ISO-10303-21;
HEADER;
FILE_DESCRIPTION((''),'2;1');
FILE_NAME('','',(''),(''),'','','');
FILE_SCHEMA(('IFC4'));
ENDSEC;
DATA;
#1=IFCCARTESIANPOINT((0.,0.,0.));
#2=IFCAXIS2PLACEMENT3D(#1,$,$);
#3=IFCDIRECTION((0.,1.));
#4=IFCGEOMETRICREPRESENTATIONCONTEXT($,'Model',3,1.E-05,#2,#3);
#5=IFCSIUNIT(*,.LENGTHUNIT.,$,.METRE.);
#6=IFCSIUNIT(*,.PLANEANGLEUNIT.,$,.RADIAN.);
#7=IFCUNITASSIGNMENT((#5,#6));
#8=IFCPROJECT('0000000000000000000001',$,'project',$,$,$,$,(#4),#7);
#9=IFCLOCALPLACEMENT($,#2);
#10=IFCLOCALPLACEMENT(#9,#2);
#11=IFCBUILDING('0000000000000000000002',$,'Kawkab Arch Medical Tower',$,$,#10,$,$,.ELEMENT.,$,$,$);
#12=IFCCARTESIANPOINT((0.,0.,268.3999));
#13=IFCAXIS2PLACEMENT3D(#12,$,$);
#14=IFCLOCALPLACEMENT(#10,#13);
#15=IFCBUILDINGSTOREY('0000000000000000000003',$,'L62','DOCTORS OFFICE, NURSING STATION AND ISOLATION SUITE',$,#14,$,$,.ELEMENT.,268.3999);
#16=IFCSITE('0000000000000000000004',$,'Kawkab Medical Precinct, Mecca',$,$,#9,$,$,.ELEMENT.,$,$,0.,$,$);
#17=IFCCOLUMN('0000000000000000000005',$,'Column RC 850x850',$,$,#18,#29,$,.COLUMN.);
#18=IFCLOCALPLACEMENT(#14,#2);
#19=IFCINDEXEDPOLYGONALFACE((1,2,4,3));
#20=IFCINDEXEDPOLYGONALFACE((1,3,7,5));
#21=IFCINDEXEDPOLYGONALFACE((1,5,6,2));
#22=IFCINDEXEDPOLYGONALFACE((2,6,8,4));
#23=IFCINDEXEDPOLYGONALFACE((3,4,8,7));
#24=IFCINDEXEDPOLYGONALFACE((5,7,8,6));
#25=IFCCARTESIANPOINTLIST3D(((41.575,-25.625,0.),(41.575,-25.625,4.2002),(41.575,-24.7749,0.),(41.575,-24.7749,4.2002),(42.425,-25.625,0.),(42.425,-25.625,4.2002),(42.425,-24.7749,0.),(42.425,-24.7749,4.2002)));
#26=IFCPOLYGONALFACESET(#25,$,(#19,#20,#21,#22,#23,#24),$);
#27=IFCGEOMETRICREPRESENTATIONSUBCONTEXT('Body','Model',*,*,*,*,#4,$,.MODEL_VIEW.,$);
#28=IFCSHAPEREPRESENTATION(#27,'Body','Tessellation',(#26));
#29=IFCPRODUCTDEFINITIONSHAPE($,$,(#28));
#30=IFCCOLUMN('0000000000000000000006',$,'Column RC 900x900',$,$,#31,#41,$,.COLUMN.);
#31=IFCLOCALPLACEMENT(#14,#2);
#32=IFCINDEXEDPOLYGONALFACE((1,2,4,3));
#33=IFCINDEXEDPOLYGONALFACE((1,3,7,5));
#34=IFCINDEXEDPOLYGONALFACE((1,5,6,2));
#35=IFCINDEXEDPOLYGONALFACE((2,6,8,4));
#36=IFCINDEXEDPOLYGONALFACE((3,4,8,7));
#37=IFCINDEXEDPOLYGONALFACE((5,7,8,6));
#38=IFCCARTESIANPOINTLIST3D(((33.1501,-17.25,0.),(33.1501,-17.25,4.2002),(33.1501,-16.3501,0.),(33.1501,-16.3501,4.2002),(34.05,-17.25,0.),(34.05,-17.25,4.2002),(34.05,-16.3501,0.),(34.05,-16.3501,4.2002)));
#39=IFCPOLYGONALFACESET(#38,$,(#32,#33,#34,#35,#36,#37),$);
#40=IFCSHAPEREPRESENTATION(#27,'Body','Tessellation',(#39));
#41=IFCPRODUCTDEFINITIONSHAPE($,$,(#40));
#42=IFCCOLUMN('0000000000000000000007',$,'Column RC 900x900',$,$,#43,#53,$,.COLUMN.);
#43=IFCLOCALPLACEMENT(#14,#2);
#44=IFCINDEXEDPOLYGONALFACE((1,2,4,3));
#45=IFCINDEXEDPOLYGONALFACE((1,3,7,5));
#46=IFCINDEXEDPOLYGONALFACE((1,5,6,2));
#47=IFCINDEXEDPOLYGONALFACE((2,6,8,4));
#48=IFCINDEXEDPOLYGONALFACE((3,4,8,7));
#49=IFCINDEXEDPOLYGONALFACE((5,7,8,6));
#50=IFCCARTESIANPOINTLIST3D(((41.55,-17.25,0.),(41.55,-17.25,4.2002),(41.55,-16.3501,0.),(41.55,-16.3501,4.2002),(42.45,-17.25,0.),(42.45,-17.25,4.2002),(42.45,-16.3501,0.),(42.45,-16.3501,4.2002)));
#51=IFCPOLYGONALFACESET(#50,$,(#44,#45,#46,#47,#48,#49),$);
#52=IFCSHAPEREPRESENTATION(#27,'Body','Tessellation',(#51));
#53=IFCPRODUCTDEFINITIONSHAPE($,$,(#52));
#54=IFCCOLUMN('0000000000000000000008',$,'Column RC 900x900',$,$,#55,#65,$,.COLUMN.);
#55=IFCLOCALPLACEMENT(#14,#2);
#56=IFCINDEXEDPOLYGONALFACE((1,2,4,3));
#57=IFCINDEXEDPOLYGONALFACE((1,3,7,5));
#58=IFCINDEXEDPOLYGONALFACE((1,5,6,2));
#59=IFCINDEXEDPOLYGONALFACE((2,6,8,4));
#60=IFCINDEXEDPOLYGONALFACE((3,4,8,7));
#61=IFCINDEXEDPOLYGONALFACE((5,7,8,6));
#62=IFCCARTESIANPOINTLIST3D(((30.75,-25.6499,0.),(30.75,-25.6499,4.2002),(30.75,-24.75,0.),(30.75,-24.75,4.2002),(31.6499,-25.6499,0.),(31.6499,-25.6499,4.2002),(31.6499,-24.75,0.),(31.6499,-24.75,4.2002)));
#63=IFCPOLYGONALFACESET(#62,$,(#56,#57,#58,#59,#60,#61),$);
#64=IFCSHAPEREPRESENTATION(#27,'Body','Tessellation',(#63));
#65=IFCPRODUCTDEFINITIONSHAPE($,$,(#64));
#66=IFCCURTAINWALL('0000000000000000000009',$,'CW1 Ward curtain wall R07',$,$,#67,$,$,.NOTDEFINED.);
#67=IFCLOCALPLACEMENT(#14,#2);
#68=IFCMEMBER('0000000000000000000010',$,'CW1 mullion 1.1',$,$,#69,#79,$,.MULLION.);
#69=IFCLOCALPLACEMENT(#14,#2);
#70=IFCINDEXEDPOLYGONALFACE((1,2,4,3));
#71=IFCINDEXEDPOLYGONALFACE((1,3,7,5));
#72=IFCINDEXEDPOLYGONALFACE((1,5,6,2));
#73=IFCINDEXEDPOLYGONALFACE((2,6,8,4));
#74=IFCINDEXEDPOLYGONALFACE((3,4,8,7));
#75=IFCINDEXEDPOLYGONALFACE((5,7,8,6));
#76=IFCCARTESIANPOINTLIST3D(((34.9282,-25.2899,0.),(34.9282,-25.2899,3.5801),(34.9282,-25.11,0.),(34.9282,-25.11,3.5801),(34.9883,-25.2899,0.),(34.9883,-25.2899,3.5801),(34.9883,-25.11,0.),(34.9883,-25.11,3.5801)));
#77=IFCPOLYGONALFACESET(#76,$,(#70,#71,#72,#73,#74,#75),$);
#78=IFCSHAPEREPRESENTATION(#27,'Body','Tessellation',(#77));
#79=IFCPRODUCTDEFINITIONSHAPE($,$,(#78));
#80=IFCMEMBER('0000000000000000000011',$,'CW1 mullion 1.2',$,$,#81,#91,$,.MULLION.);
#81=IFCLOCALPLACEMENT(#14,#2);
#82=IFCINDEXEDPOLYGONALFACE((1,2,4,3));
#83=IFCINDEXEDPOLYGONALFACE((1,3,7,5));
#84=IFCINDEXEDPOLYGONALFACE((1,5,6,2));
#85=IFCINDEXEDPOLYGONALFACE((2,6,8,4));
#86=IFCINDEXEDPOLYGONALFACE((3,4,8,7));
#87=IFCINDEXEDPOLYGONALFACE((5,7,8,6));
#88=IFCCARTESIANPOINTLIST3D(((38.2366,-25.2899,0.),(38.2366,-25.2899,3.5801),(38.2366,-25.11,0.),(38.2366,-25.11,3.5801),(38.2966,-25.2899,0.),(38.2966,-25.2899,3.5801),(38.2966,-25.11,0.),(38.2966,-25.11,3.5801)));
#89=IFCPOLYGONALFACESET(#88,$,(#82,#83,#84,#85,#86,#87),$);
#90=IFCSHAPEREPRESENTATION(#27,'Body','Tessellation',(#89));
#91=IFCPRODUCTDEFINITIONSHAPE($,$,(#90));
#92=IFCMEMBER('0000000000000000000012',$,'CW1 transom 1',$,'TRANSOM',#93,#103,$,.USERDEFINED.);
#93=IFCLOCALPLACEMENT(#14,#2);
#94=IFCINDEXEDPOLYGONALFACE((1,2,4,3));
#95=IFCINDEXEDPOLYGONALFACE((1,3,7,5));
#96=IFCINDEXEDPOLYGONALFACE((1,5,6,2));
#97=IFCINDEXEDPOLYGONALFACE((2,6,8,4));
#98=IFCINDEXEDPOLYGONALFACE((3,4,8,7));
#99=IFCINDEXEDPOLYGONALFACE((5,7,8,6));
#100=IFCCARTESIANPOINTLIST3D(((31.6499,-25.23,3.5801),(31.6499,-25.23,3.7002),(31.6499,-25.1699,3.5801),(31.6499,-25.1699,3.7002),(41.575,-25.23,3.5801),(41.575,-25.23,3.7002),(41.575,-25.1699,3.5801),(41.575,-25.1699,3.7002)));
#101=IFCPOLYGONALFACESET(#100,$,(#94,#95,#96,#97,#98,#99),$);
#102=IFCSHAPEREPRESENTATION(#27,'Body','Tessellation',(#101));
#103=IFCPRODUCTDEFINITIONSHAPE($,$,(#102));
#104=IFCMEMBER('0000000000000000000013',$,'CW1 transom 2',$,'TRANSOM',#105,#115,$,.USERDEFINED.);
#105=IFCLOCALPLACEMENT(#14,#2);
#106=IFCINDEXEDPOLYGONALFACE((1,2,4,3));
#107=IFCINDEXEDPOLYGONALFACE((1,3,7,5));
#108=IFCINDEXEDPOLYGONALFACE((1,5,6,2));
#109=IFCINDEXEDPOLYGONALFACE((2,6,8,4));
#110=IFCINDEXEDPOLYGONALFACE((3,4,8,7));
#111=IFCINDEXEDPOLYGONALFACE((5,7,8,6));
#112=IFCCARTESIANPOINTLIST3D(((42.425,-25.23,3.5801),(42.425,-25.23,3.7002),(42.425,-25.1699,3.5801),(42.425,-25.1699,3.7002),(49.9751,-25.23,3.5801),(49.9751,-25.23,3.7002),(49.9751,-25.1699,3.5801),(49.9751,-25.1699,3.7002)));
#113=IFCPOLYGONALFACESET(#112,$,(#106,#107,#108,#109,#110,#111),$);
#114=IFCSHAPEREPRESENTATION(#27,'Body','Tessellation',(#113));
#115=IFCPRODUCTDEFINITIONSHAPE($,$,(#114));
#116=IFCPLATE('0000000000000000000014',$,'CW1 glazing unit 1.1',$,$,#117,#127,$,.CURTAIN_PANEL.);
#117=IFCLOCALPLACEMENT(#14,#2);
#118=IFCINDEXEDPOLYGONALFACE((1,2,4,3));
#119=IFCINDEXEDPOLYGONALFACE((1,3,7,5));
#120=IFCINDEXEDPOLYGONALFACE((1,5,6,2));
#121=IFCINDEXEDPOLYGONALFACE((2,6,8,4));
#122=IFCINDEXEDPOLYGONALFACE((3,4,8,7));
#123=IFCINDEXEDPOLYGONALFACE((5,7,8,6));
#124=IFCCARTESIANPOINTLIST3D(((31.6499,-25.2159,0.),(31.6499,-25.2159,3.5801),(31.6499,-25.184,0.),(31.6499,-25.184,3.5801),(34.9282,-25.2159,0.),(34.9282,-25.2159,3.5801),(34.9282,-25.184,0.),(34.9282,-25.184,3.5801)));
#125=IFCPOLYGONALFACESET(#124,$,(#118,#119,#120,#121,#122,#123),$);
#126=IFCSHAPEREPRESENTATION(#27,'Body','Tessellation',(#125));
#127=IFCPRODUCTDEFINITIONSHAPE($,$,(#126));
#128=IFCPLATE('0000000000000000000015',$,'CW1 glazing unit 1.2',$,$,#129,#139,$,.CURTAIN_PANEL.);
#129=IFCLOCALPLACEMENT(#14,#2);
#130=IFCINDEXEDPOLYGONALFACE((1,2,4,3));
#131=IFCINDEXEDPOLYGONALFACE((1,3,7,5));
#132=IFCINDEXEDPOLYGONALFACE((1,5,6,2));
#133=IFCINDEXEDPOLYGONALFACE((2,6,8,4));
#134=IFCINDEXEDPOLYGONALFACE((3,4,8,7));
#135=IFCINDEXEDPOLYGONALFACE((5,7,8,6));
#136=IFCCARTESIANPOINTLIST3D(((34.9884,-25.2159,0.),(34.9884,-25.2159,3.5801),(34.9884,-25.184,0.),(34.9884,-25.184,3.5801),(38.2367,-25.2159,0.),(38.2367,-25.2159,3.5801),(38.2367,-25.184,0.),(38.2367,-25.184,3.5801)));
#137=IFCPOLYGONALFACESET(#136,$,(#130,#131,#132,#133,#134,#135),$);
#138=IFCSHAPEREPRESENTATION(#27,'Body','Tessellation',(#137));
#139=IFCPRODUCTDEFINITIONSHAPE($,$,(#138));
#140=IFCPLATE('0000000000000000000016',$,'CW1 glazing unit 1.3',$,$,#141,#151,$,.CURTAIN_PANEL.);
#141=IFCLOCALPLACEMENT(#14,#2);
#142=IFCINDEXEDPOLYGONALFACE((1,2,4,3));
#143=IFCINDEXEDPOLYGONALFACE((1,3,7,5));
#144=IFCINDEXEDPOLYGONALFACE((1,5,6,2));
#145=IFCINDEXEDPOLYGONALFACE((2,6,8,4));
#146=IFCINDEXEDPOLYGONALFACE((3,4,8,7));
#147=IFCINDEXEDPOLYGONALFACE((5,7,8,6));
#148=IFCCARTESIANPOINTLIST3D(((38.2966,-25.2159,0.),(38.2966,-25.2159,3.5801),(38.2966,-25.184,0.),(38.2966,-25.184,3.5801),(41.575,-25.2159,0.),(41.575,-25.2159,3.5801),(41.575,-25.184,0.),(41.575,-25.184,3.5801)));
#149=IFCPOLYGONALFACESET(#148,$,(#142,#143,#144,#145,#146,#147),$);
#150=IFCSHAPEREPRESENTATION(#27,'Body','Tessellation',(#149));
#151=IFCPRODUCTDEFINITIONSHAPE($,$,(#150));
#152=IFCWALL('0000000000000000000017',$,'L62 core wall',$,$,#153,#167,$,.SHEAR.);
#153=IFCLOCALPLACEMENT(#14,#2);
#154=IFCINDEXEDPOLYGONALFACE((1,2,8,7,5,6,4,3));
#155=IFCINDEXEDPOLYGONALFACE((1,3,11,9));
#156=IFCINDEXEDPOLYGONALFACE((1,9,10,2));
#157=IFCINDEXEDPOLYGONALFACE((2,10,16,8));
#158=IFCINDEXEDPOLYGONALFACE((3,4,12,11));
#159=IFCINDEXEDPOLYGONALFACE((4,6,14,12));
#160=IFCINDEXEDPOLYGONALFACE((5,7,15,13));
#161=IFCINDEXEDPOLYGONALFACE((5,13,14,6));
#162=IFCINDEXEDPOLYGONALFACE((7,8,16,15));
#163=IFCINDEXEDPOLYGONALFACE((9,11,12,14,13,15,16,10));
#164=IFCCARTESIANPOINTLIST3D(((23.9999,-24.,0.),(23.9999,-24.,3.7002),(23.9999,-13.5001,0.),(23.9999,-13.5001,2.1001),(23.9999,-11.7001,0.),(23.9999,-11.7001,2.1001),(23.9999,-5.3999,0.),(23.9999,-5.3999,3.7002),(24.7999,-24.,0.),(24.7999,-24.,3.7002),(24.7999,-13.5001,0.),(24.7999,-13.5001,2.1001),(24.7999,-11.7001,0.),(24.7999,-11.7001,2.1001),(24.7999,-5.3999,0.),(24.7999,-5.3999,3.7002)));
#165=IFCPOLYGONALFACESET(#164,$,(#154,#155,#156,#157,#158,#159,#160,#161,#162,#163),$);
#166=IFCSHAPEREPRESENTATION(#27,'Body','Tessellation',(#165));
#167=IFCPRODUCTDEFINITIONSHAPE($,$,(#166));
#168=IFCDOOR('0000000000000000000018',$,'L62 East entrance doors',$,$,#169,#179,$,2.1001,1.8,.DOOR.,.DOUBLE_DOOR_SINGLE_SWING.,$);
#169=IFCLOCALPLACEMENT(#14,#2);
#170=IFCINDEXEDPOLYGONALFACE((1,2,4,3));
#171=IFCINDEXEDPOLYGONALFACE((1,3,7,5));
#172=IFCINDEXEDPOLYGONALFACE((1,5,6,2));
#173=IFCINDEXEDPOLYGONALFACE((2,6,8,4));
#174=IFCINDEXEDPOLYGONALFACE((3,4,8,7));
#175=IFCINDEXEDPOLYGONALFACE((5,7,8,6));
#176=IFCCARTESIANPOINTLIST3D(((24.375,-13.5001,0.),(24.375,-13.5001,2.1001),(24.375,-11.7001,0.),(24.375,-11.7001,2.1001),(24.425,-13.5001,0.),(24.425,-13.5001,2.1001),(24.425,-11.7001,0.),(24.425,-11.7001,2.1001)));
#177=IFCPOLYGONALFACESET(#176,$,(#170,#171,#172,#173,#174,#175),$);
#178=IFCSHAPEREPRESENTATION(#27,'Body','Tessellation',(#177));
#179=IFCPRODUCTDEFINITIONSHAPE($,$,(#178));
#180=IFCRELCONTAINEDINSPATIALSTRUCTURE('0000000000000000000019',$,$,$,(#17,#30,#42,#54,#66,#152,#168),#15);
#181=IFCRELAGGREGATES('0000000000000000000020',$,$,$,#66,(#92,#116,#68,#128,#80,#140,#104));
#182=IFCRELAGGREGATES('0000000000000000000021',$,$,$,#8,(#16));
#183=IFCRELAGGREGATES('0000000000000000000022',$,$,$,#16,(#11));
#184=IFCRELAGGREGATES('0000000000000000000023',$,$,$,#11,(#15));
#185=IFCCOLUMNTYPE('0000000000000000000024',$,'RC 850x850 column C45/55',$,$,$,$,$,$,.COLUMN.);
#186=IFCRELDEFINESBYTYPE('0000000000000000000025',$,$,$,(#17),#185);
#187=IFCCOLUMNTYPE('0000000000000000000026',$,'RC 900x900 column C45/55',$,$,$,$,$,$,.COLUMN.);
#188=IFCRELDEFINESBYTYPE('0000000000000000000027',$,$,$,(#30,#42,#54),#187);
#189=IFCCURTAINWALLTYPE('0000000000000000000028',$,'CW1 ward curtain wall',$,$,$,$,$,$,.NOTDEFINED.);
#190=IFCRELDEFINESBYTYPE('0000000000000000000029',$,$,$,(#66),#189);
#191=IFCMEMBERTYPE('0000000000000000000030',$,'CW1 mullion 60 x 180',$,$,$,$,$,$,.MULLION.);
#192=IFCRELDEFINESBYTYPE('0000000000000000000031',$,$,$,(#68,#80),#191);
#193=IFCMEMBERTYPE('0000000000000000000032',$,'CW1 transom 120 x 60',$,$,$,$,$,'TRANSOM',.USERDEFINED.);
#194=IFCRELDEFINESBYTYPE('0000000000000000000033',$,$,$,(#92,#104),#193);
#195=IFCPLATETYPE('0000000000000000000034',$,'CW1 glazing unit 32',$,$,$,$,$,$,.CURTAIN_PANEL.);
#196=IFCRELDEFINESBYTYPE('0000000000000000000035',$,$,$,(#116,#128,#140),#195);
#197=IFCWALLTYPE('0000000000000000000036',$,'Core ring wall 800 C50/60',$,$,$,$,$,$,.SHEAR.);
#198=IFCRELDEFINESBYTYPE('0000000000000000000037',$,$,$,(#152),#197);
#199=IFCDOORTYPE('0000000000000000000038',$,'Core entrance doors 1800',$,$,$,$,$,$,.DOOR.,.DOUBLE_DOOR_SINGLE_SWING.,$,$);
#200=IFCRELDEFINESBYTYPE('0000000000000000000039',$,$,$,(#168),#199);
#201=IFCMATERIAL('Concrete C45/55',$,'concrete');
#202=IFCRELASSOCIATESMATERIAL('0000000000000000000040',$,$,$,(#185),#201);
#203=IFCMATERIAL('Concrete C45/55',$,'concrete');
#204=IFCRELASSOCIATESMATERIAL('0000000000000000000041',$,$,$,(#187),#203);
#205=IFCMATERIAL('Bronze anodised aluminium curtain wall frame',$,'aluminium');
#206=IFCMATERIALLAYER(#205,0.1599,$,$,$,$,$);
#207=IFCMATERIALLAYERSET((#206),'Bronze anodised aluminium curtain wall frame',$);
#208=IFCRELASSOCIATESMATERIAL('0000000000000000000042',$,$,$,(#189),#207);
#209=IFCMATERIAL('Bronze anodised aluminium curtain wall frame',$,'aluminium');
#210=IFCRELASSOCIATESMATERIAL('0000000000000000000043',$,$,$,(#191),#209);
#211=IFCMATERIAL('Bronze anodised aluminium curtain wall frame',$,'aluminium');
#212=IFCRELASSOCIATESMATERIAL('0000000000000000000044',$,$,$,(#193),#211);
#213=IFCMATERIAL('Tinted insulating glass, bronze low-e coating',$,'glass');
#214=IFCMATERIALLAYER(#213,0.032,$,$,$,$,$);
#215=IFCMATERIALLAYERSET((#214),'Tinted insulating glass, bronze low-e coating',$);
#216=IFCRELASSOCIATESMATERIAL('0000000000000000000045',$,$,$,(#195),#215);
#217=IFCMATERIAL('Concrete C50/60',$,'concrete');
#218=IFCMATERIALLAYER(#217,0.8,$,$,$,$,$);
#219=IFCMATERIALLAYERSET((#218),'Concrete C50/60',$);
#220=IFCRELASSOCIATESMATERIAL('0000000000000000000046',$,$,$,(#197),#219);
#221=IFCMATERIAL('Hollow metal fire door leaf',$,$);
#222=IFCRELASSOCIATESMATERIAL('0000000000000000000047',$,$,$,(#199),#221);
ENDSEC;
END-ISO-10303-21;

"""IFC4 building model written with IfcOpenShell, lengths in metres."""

from ifc_helpers import new_model, si_unit, direction, frame, frame_2d, origin, origin_2d, place, context, subcontext, project, spatial, rectangle, extrude, material, layer, layer_set, material_profile, profile_set, type_object, element, fill, aggregate, save


model = new_model("IFC4")

# Units and contexts
model_context = context("Model", 3, precision=1e-05, world=origin(), true_north=direction((0.0, 1.0)))
body_context = subcontext(model_context, "Body", "Model", "MODEL_VIEW")
ifc_project = project(units=[si_unit("LENGTHUNIT", "METRE"), si_unit("PLANEANGLEUNIT", "RADIAN")], contexts=[model_context])

# Site, building, storey
site_placement = place(None, origin())
site = spatial("IfcSite", under=ifc_project, at=site_placement, Name="Kawkab Medical Precinct, Mecca", CompositionType="ELEMENT", RefElevation=0.0)
building_placement = place(site_placement, origin())
building = spatial("IfcBuilding", under=site, at=building_placement, Name="Kawkab Arch Medical Tower", CompositionType="ELEMENT")
storey_placement = place(building_placement, frame((0.0, 0.0, 268.3999)))
storey = spatial("IfcBuildingStorey", under=building, at=storey_placement, Name="L62", Description="DOCTORS OFFICE, NURSING STATION AND ISOLATION SUITE", CompositionType="ELEMENT", Elevation=268.3999)

# Columns
ifc_material_1 = material(Name="Concrete C45/55", Category="concrete")
ifc_material_profile_1 = material_profile(ifc_material_1, rectangle(XDim=0.8501, YDim=0.8501, at=origin_2d()), Name="RC 850x850")
ifc_profile_set_1 = profile_set([ifc_material_profile_1], Name="Concrete C45/55")
column_type_1 = type_object("IfcColumnType", Name="RC 850x850 column C45/55", PredefinedType="COLUMN", material=ifc_profile_set_1)
column_placement = place(storey_placement, frame((42.0, -25.2, 0.0), z_axis=(0.0, 0.0, 1.0), x_axis=(1.0, 0.0, 0.0)))
element("IfcColumn", 1, at=column_placement, inside=storey, type_object=column_type_1, Name="Column RC 850x850", PredefinedType="COLUMN", context=body_context, shape_type="SweptSolid", body=[
    extrude(rectangle(XDim=0.8501, YDim=0.8501, at=origin_2d()), origin(), (0.0, 0.0, 1.0), 4.2002),
])
ifc_material_2 = material(Name="Concrete C45/55", Category="concrete")
ifc_material_profile_2 = material_profile(ifc_material_2, rectangle(XDim=0.8999, YDim=0.8999, at=origin_2d()), Name="RC 900x900")
ifc_profile_set_2 = profile_set([ifc_material_profile_2], Name="Concrete C45/55")
column_type_2 = type_object("IfcColumnType", Name="RC 900x900 column C45/55", PredefinedType="COLUMN", material=ifc_profile_set_2)
for number, where, z_axis, x_axis, name in (
    (2, (33.6001, -16.8, 0.0), (0.0, 0.0, 1.0), (1.0, 0.0, 0.0), "Column RC 900x900"),
    (3, (42.0, -16.8, 0.0), (0.0, 0.0, 1.0), (1.0, 0.0, 0.0), "Column RC 900x900"),
    (4, (31.2, -25.2, 0.0), (0.0, 0.0, 1.0), (1.0, 0.0, 0.0), "Column RC 900x900"),
):
    element("IfcColumn", number, at=place(storey_placement, frame(where, z_axis=z_axis, x_axis=x_axis)), inside=storey, type_object=column_type_2, Name=name, PredefinedType="COLUMN", context=body_context, shape_type="SweptSolid", body=[
        extrude(rectangle(XDim=0.8999, YDim=0.8999, at=origin_2d()), origin(), (0.0, 0.0, 1.0), 4.2002),
    ])

# Curtain wall, members, plates
ifc_material_3 = material(Name="Bronze anodised aluminium curtain wall frame", Category="aluminium")
ifc_layer_1 = layer(ifc_material_3, 0.1599)
ifc_layer_set_1 = layer_set([ifc_layer_1], Name="Bronze anodised aluminium curtain wall frame")
curtain_wall_type = type_object("IfcCurtainWallType", Name="CW1 ward curtain wall", PredefinedType="NOTDEFINED", material=ifc_layer_set_1)
curtain_wall_placement = place(storey_placement, origin())
curtain_wall = element("IfcCurtainWall", 5, at=curtain_wall_placement, inside=storey, type_object=curtain_wall_type, Name="CW1 Ward curtain wall R07", PredefinedType="NOTDEFINED")
ifc_material_4 = material(Name="Bronze anodised aluminium curtain wall frame", Category="aluminium")
ifc_material_profile_3 = material_profile(ifc_material_4, rectangle(XDim=0.1799, YDim=0.0601, at=origin_2d()), Name="AL 60x180")
ifc_profile_set_3 = profile_set([ifc_material_profile_3], Name="Bronze anodised aluminium curtain wall frame")
member_type_1 = type_object("IfcMemberType", Name="CW1 mullion 60 x 180", PredefinedType="MULLION", material=ifc_profile_set_3)
member_1_placement = place(storey_placement, frame((34.9583, -25.2, 0.0), z_axis=(0.0, 0.0, 1.0), x_axis=(0.0, 1.0, 0.0)))
member_1 = element("IfcMember", 6, at=member_1_placement, type_object=member_type_1, Name="CW1 mullion 1.1", PredefinedType="MULLION", context=body_context, shape_type="SweptSolid", body=[
    extrude(rectangle(XDim=0.1799, YDim=0.0601, at=origin_2d()), origin(), (0.0, 0.0, 1.0), 3.5801),
])
member_2_placement = place(storey_placement, frame((38.2666, -25.2, 0.0), z_axis=(0.0, 0.0, 1.0), x_axis=(0.0, 1.0, 0.0)))
member_2 = element("IfcMember", 7, at=member_2_placement, type_object=member_type_1, Name="CW1 mullion 1.2", PredefinedType="MULLION", context=body_context, shape_type="SweptSolid", body=[
    extrude(rectangle(XDim=0.1799, YDim=0.0601, at=origin_2d()), origin(), (0.0, 0.0, 1.0), 3.5801),
])
ifc_material_5 = material(Name="Bronze anodised aluminium curtain wall frame", Category="aluminium")
ifc_material_profile_4 = material_profile(ifc_material_5, rectangle(XDim=0.0601, YDim=0.1201, at=origin_2d()), Name="AL 60x120")
ifc_profile_set_4 = profile_set([ifc_material_profile_4], Name="Bronze anodised aluminium curtain wall frame")
member_type_2 = type_object("IfcMemberType", Name="CW1 transom 120 x 60", ElementType="TRANSOM", PredefinedType="USERDEFINED", material=ifc_profile_set_4)
member_3_placement = place(storey_placement, frame((31.6499, -25.2, 3.6401), z_axis=(1.0, 0.0, 0.0), x_axis=(0.0, 1.0, 0.0)))
member_3 = element("IfcMember", 8, at=member_3_placement, type_object=member_type_2, Name="CW1 transom 1", ObjectType="TRANSOM", PredefinedType="USERDEFINED", context=body_context, shape_type="SweptSolid", body=[
    extrude(rectangle(XDim=0.0601, YDim=0.1201, at=origin_2d()), origin(), (0.0, 0.0, 1.0), 9.925),
])
member_4_placement = place(storey_placement, frame((42.425, -25.2, 3.6401), z_axis=(1.0, 0.0, 0.0), x_axis=(0.0, 1.0, 0.0)))
member_4 = element("IfcMember", 9, at=member_4_placement, type_object=member_type_2, Name="CW1 transom 2", ObjectType="TRANSOM", PredefinedType="USERDEFINED", context=body_context, shape_type="SweptSolid", body=[
    extrude(rectangle(XDim=0.0601, YDim=0.1201, at=origin_2d()), origin(), (0.0, 0.0, 1.0), 7.55),
])
ifc_material_6 = material(Name="Tinted insulating glass, bronze low-e coating", Category="glass")
ifc_layer_2 = layer(ifc_material_6, 0.032)
ifc_layer_set_2 = layer_set([ifc_layer_2], Name="Tinted insulating glass, bronze low-e coating")
plate_type = type_object("IfcPlateType", Name="CW1 glazing unit 32", PredefinedType="CURTAIN_PANEL", material=ifc_layer_set_2)
plate_1_placement = place(storey_placement, frame((33.2891, -25.2, 0.0), z_axis=(0.0, 0.0, 1.0), x_axis=(1.0, 0.0, 0.0)))
plate_1 = element("IfcPlate", 10, at=plate_1_placement, type_object=plate_type, Name="CW1 glazing unit 1.1", PredefinedType="CURTAIN_PANEL", context=body_context, shape_type="SweptSolid", body=[
    extrude(rectangle(XDim=3.2783, YDim=0.032, at=origin_2d()), origin(), (0.0, 0.0, 1.0), 3.5801),
])
plate_2_placement = place(storey_placement, frame((36.6125, -25.2, 0.0), z_axis=(0.0, 0.0, 1.0), x_axis=(1.0, 0.0, 0.0)))
plate_2 = element("IfcPlate", 11, at=plate_2_placement, type_object=plate_type, Name="CW1 glazing unit 1.2", PredefinedType="CURTAIN_PANEL", context=body_context, shape_type="SweptSolid", body=[
    extrude(rectangle(XDim=3.2483, YDim=0.032, at=origin_2d()), origin(), (0.0, 0.0, 1.0), 3.5801),
])
plate_3_placement = place(storey_placement, frame((39.9358, -25.2, 0.0), z_axis=(0.0, 0.0, 1.0), x_axis=(1.0, 0.0, 0.0)))
plate_3 = element("IfcPlate", 12, at=plate_3_placement, type_object=plate_type, Name="CW1 glazing unit 1.3", PredefinedType="CURTAIN_PANEL", context=body_context, shape_type="SweptSolid", body=[
    extrude(rectangle(XDim=3.2783, YDim=0.032, at=origin_2d()), origin(), (0.0, 0.0, 1.0), 3.5801),
])
aggregate(curtain_wall, [member_3, plate_1, member_1, plate_2, member_2, plate_3, member_4])

# Wall, opening, door
ifc_material_7 = material(Name="Concrete C50/60", Category="concrete")
ifc_layer_3 = layer(ifc_material_7, 0.8)
ifc_layer_set_3 = layer_set([ifc_layer_3], Name="Concrete C50/60")
wall_type_1 = type_object("IfcWallType", Name="Core ring wall 800 C50/60", PredefinedType="SHEAR", material=ifc_layer_set_3)
wall_1_placement = place(storey_placement, frame((24.3999, -24.0, 0.0), z_axis=(0.0, 0.0, 1.0), x_axis=(0.0, 1.0, 0.0)))
wall_1 = element("IfcWall", 13, at=wall_1_placement, inside=storey, type_object=wall_type_1, Name="L62 core wall", PredefinedType="SHEAR", context=body_context, shape_type="SweptSolid", body=[
    extrude(rectangle(XDim=18.6001, YDim=0.8, at=frame_2d((9.3, 0.0))), origin(), (0.0, 0.0, 1.0), 3.7002),
])
opening_1_placement = place(wall_1_placement, frame((10.5, 0.0, 0.0)))
opening_1 = element("IfcOpeningElement", 14, at=opening_1_placement, cuts=wall_1, PredefinedType="OPENING", context=body_context, shape_type="SweptSolid", body=[
    extrude(rectangle(XDim=1.8, YDim=2.1001, at=frame_2d((0.8999, 1.05))), frame((0.0, 0.4099, 0.0), z_axis=(0.0, -1.0, 0.0), x_axis=(1.0, 0.0, 0.0)), (0.0, 0.0, 1.0), 0.8201),
])
ifc_material_8 = material(Name="Hollow metal fire door leaf")
door_type_1 = type_object("IfcDoorType", Name="Core entrance doors 1800", OperationType="DOUBLE_DOOR_SINGLE_SWING", PredefinedType="DOOR", material=ifc_material_8)
door_1_placement = place(opening_1_placement, origin())
door_1 = element("IfcDoor", 15, at=door_1_placement, inside=storey, type_object=door_type_1, Name="L62 East entrance doors", OperationType="DOUBLE_DOOR_SINGLE_SWING", OverallHeight=2.1001, OverallWidth=1.8, PredefinedType="DOOR", context=body_context, shape_type="SweptSolid", body=[
    extrude(rectangle(XDim=1.8, YDim=2.1001, at=frame_2d((0.8999, 1.05))), frame((0.0, 0.0249, 0.0), z_axis=(0.0, -1.0, 0.0), x_axis=(1.0, 0.0, 0.0)), (0.0, 0.0, 1.0), 0.05),
])
fill(opening_1, door_1)

save(model, "model.ifc")
